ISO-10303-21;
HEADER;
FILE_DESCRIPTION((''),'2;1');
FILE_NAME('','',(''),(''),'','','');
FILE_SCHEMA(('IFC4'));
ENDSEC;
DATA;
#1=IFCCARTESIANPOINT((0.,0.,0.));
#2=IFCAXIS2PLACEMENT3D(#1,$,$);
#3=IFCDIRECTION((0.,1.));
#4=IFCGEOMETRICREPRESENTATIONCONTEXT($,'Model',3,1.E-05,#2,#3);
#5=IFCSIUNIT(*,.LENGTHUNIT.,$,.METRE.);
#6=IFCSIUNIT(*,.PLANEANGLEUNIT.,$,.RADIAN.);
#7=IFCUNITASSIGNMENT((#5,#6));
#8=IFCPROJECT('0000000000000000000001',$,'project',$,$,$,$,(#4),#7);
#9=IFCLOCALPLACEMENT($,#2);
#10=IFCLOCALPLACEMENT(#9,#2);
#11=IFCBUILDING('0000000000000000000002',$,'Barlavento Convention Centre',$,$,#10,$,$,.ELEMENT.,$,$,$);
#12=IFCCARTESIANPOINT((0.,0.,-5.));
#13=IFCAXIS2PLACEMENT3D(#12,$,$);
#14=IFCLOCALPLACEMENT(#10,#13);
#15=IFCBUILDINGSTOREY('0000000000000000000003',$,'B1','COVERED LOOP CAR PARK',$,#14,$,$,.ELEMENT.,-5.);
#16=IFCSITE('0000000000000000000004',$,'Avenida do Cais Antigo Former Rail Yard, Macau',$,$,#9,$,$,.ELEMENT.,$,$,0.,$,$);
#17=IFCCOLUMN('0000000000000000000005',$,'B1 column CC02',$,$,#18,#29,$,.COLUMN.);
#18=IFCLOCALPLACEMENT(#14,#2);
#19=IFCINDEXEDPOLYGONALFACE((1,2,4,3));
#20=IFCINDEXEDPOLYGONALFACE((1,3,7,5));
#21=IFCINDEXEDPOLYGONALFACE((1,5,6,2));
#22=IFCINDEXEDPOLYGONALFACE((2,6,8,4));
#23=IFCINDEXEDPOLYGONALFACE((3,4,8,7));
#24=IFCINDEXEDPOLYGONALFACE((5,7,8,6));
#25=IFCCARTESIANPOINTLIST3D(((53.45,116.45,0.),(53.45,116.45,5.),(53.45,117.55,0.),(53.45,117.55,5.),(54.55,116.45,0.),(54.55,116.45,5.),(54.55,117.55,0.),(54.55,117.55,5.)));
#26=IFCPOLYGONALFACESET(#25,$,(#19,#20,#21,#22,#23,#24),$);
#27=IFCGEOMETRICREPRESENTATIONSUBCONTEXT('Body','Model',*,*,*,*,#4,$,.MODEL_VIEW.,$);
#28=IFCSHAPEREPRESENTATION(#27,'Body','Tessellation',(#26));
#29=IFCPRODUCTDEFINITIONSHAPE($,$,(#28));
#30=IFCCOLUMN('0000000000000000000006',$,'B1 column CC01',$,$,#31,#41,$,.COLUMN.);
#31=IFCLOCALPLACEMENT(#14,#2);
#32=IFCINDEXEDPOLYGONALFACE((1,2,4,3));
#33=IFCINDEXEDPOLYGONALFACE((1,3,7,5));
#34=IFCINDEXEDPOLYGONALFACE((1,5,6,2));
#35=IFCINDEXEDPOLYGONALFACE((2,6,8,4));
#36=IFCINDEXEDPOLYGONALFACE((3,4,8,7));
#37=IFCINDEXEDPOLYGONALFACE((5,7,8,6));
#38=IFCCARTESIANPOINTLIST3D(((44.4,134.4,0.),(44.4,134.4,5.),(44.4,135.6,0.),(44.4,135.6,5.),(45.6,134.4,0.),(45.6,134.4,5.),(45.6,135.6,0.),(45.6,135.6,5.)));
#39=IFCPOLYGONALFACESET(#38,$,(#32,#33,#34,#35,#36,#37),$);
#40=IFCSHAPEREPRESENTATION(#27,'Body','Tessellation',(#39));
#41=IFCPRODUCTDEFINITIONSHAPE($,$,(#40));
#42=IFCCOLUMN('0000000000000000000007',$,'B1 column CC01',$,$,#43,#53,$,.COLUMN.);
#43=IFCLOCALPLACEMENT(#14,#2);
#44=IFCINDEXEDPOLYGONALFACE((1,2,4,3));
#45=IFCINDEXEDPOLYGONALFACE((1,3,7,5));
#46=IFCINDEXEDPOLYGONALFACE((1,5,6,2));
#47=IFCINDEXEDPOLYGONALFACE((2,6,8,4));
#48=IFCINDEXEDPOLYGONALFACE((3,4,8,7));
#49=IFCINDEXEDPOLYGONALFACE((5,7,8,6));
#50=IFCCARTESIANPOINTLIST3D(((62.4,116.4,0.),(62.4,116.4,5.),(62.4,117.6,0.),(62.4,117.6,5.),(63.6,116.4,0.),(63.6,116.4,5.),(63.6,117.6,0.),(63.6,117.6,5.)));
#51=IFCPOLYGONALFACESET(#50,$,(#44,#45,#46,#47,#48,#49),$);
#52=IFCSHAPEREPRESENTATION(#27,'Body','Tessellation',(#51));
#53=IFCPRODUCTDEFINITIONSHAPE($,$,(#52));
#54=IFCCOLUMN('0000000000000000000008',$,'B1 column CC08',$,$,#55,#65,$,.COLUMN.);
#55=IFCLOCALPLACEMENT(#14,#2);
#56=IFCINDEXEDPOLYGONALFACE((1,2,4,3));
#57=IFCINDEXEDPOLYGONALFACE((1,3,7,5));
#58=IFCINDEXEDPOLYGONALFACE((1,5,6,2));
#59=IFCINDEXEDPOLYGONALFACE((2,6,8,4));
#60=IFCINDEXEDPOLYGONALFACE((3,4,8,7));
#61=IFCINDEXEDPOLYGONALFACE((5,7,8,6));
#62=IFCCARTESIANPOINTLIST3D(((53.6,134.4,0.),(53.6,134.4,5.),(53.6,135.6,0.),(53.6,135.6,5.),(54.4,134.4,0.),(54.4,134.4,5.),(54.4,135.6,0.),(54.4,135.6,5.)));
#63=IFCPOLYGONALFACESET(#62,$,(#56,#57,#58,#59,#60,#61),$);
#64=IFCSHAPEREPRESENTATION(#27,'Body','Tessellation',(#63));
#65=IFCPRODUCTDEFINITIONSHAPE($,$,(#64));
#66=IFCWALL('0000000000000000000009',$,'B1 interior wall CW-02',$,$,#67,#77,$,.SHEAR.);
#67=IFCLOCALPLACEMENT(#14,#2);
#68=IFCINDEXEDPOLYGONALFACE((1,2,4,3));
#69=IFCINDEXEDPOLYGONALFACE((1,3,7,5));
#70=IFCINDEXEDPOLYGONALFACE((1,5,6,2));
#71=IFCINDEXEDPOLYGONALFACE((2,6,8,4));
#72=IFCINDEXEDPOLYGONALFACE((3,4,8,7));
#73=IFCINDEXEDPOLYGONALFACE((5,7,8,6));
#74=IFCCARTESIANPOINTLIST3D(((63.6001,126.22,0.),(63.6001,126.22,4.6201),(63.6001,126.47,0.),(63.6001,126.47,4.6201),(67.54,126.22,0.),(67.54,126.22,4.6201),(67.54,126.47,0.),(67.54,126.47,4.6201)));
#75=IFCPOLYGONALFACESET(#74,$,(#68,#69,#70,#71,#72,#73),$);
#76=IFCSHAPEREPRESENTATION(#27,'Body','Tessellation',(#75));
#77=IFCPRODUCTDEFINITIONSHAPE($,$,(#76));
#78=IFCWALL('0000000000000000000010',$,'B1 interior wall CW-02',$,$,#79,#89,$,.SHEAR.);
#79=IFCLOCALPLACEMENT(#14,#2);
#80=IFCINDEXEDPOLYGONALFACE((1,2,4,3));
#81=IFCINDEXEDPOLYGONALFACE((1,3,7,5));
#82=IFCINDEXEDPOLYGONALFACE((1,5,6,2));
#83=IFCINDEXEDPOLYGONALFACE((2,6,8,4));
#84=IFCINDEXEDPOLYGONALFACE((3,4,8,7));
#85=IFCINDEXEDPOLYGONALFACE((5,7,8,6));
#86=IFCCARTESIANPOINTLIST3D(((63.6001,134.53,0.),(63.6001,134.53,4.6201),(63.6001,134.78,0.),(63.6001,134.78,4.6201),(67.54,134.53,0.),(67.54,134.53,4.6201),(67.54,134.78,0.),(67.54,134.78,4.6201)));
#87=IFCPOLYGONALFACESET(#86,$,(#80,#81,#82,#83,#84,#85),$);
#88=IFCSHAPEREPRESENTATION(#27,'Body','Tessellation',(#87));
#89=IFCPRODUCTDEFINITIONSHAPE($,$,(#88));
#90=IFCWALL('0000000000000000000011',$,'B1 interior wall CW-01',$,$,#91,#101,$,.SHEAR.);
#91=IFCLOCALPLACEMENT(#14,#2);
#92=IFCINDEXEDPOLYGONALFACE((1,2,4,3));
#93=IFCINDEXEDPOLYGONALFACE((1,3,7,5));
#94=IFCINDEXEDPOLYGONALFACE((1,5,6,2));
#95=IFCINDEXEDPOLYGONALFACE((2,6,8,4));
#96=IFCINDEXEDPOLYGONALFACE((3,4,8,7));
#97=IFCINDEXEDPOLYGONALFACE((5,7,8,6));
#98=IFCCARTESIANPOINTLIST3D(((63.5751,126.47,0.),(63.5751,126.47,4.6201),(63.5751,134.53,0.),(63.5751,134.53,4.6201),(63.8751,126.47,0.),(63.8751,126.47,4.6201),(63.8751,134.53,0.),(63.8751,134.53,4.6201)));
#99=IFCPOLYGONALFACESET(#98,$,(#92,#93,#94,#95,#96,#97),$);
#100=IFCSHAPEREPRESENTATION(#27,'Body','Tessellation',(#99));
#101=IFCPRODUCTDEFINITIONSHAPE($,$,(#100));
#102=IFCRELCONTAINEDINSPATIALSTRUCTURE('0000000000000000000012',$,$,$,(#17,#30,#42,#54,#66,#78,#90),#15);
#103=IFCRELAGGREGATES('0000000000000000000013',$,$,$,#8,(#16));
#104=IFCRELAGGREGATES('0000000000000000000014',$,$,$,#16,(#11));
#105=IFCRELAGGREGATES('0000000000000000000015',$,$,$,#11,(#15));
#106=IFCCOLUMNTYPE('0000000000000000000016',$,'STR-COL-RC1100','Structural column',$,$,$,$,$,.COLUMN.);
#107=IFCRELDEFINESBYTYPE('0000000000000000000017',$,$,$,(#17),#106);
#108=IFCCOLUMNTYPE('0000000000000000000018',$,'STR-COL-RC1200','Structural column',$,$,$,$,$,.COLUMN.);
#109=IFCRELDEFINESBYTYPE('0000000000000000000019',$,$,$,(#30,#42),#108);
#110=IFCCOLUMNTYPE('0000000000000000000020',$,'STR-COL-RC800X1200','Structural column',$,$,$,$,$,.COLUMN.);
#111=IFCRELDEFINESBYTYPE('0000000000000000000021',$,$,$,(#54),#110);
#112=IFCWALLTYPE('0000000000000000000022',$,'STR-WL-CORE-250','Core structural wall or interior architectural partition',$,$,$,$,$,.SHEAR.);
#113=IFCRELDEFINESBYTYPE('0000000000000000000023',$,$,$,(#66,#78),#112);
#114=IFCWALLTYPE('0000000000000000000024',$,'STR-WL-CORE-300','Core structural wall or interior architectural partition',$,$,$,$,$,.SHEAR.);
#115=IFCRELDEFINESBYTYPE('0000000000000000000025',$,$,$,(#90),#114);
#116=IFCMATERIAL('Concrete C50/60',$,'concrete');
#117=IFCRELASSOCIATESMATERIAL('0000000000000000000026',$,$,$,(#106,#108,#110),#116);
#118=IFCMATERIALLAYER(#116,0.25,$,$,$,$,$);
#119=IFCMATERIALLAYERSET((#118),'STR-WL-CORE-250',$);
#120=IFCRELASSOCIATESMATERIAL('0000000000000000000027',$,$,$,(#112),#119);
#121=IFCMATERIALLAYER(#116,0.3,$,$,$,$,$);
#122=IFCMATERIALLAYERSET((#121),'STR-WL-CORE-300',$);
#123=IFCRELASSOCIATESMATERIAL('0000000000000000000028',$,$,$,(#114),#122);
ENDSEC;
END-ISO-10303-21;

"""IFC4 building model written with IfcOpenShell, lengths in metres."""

from ifc_helpers import new_model, si_unit, direction, frame, frame_2d, origin, origin_2d, place, context, subcontext, project, spatial, rectangle, extrude, material, layer, layer_set, material_profile, profile_set, type_object, element, save


model = new_model("IFC4")

# Units and contexts
model_context = context("Model", 3, precision=1e-05, world=origin(), true_north=direction((0.0, 1.0)))
body_context = subcontext(model_context, "Body", "Model", "MODEL_VIEW")
ifc_project = project(units=[si_unit("LENGTHUNIT", "METRE"), si_unit("PLANEANGLEUNIT", "RADIAN")], contexts=[model_context])

# Site, building, storey
site_placement = place(None, origin())
site = spatial("IfcSite", under=ifc_project, at=site_placement, Name="Avenida do Cais Antigo Former Rail Yard, Macau", CompositionType="ELEMENT", RefElevation=0.0)
building_placement = place(site_placement, origin())
building = spatial("IfcBuilding", under=site, at=building_placement, Name="Barlavento Convention Centre", CompositionType="ELEMENT")
storey_placement = place(building_placement, frame((0.0, 0.0, -5.0)))
storey = spatial("IfcBuildingStorey", under=building, at=storey_placement, Name="B1", Description="COVERED LOOP CAR PARK", CompositionType="ELEMENT", Elevation=-5.0)

# Columns
ifc_material_1 = material(Name="Concrete C50/60", Category="concrete")
ifc_material_profile_1 = material_profile(ifc_material_1, rectangle(XDim=1.1001, YDim=1.1001, at=origin_2d()), Name="RC 1100x1100")
ifc_profile_set_1 = profile_set([ifc_material_profile_1], Name="Concrete C50/60")
column_type_1 = type_object("IfcColumnType", Name="STR-COL-RC1100", Description="Structural column", PredefinedType="COLUMN", material=ifc_profile_set_1)
column_1_placement = place(storey_placement, frame((54.0, 117.0, 0.0), z_axis=(0.0, 0.0, 1.0), x_axis=(1.0, 0.0, 0.0)))
element("IfcColumn", 1, at=column_1_placement, inside=storey, type_object=column_type_1, Name="B1 column CC02", PredefinedType="COLUMN", context=body_context, shape_type="SweptSolid", body=[
    extrude(rectangle(XDim=1.1001, YDim=1.1001, at=origin_2d()), origin(), (0.0, 0.0, 1.0), 5.0),
])
ifc_material_profile_2 = material_profile(ifc_material_1, rectangle(XDim=1.2, YDim=1.2, at=origin_2d()), Name="RC 1200x1200")
ifc_profile_set_2 = profile_set([ifc_material_profile_2], Name="Concrete C50/60")
column_type_2 = type_object("IfcColumnType", Name="STR-COL-RC1200", Description="Structural column", PredefinedType="COLUMN", material=ifc_profile_set_2)
for number, where, z_axis, x_axis, name in (
    (2, (45.0, 135.0, 0.0), (0.0, 0.0, 1.0), (1.0, 0.0, 0.0), "B1 column CC01"),
    (3, (63.0, 117.0, 0.0), (0.0, 0.0, 1.0), (1.0, 0.0, 0.0), "B1 column CC01"),
):
    element("IfcColumn", number, at=place(storey_placement, frame(where, z_axis=z_axis, x_axis=x_axis)), inside=storey, type_object=column_type_2, Name=name, PredefinedType="COLUMN", context=body_context, shape_type="SweptSolid", body=[
        extrude(rectangle(XDim=1.2, YDim=1.2, at=origin_2d()), origin(), (0.0, 0.0, 1.0), 5.0),
    ])
ifc_material_profile_3 = material_profile(ifc_material_1, rectangle(XDim=0.8, YDim=1.2, at=origin_2d()), Name="RC 800x1200")
ifc_profile_set_3 = profile_set([ifc_material_profile_3], Name="Concrete C50/60")
column_type_3 = type_object("IfcColumnType", Name="STR-COL-RC800X1200", Description="Structural column", PredefinedType="COLUMN", material=ifc_profile_set_3)
column_2_placement = place(storey_placement, frame((54.0, 135.0, 0.0), z_axis=(0.0, 0.0, 1.0), x_axis=(1.0, 0.0, 0.0)))
element("IfcColumn", 4, at=column_2_placement, inside=storey, type_object=column_type_3, Name="B1 column CC08", PredefinedType="COLUMN", context=body_context, shape_type="SweptSolid", body=[
    extrude(rectangle(XDim=0.8, YDim=1.2, at=origin_2d()), origin(), (0.0, 0.0, 1.0), 5.0),
])

# Walls
ifc_layer_1 = layer(ifc_material_1, 0.25)
ifc_layer_set_1 = layer_set([ifc_layer_1], Name="STR-WL-CORE-250")
wall_type_1 = type_object("IfcWallType", Name="STR-WL-CORE-250", Description="Core structural wall or interior architectural partition", PredefinedType="SHEAR", material=ifc_layer_set_1)
for number, where, z_axis, x_axis, name in (
    (5, (63.6001, 126.345, 0.0), (0.0, 0.0, 1.0), (1.0, 0.0, 0.0), "B1 interior wall CW-02"),
    (6, (63.6001, 134.655, 0.0), (0.0, 0.0, 1.0), (1.0, 0.0, 0.0), "B1 interior wall CW-02"),
):
    element("IfcWall", number, at=place(storey_placement, frame(where, z_axis=z_axis, x_axis=x_axis)), inside=storey, type_object=wall_type_1, Name=name, PredefinedType="SHEAR", context=body_context, shape_type="SweptSolid", body=[
        extrude(rectangle(XDim=3.9399, YDim=0.25, at=frame_2d((1.97, 0.0))), origin(), (0.0, 0.0, 1.0), 4.6201),
    ])
ifc_layer_2 = layer(ifc_material_1, 0.3)
ifc_layer_set_2 = layer_set([ifc_layer_2], Name="STR-WL-CORE-300")
wall_type_2 = type_object("IfcWallType", Name="STR-WL-CORE-300", Description="Core structural wall or interior architectural partition", PredefinedType="SHEAR", material=ifc_layer_set_2)
wall_placement = place(storey_placement, frame((63.7251, 126.47, 0.0), z_axis=(0.0, 0.0, 1.0), x_axis=(0.0, 1.0, 0.0)))
element("IfcWall", 7, at=wall_placement, inside=storey, type_object=wall_type_2, Name="B1 interior wall CW-01", PredefinedType="SHEAR", context=body_context, shape_type="SweptSolid", body=[
    extrude(rectangle(XDim=8.0601, YDim=0.3, at=frame_2d((4.03, 0.0))), origin(), (0.0, 0.0, 1.0), 4.6201),
])

save(model, "model.ifc")
